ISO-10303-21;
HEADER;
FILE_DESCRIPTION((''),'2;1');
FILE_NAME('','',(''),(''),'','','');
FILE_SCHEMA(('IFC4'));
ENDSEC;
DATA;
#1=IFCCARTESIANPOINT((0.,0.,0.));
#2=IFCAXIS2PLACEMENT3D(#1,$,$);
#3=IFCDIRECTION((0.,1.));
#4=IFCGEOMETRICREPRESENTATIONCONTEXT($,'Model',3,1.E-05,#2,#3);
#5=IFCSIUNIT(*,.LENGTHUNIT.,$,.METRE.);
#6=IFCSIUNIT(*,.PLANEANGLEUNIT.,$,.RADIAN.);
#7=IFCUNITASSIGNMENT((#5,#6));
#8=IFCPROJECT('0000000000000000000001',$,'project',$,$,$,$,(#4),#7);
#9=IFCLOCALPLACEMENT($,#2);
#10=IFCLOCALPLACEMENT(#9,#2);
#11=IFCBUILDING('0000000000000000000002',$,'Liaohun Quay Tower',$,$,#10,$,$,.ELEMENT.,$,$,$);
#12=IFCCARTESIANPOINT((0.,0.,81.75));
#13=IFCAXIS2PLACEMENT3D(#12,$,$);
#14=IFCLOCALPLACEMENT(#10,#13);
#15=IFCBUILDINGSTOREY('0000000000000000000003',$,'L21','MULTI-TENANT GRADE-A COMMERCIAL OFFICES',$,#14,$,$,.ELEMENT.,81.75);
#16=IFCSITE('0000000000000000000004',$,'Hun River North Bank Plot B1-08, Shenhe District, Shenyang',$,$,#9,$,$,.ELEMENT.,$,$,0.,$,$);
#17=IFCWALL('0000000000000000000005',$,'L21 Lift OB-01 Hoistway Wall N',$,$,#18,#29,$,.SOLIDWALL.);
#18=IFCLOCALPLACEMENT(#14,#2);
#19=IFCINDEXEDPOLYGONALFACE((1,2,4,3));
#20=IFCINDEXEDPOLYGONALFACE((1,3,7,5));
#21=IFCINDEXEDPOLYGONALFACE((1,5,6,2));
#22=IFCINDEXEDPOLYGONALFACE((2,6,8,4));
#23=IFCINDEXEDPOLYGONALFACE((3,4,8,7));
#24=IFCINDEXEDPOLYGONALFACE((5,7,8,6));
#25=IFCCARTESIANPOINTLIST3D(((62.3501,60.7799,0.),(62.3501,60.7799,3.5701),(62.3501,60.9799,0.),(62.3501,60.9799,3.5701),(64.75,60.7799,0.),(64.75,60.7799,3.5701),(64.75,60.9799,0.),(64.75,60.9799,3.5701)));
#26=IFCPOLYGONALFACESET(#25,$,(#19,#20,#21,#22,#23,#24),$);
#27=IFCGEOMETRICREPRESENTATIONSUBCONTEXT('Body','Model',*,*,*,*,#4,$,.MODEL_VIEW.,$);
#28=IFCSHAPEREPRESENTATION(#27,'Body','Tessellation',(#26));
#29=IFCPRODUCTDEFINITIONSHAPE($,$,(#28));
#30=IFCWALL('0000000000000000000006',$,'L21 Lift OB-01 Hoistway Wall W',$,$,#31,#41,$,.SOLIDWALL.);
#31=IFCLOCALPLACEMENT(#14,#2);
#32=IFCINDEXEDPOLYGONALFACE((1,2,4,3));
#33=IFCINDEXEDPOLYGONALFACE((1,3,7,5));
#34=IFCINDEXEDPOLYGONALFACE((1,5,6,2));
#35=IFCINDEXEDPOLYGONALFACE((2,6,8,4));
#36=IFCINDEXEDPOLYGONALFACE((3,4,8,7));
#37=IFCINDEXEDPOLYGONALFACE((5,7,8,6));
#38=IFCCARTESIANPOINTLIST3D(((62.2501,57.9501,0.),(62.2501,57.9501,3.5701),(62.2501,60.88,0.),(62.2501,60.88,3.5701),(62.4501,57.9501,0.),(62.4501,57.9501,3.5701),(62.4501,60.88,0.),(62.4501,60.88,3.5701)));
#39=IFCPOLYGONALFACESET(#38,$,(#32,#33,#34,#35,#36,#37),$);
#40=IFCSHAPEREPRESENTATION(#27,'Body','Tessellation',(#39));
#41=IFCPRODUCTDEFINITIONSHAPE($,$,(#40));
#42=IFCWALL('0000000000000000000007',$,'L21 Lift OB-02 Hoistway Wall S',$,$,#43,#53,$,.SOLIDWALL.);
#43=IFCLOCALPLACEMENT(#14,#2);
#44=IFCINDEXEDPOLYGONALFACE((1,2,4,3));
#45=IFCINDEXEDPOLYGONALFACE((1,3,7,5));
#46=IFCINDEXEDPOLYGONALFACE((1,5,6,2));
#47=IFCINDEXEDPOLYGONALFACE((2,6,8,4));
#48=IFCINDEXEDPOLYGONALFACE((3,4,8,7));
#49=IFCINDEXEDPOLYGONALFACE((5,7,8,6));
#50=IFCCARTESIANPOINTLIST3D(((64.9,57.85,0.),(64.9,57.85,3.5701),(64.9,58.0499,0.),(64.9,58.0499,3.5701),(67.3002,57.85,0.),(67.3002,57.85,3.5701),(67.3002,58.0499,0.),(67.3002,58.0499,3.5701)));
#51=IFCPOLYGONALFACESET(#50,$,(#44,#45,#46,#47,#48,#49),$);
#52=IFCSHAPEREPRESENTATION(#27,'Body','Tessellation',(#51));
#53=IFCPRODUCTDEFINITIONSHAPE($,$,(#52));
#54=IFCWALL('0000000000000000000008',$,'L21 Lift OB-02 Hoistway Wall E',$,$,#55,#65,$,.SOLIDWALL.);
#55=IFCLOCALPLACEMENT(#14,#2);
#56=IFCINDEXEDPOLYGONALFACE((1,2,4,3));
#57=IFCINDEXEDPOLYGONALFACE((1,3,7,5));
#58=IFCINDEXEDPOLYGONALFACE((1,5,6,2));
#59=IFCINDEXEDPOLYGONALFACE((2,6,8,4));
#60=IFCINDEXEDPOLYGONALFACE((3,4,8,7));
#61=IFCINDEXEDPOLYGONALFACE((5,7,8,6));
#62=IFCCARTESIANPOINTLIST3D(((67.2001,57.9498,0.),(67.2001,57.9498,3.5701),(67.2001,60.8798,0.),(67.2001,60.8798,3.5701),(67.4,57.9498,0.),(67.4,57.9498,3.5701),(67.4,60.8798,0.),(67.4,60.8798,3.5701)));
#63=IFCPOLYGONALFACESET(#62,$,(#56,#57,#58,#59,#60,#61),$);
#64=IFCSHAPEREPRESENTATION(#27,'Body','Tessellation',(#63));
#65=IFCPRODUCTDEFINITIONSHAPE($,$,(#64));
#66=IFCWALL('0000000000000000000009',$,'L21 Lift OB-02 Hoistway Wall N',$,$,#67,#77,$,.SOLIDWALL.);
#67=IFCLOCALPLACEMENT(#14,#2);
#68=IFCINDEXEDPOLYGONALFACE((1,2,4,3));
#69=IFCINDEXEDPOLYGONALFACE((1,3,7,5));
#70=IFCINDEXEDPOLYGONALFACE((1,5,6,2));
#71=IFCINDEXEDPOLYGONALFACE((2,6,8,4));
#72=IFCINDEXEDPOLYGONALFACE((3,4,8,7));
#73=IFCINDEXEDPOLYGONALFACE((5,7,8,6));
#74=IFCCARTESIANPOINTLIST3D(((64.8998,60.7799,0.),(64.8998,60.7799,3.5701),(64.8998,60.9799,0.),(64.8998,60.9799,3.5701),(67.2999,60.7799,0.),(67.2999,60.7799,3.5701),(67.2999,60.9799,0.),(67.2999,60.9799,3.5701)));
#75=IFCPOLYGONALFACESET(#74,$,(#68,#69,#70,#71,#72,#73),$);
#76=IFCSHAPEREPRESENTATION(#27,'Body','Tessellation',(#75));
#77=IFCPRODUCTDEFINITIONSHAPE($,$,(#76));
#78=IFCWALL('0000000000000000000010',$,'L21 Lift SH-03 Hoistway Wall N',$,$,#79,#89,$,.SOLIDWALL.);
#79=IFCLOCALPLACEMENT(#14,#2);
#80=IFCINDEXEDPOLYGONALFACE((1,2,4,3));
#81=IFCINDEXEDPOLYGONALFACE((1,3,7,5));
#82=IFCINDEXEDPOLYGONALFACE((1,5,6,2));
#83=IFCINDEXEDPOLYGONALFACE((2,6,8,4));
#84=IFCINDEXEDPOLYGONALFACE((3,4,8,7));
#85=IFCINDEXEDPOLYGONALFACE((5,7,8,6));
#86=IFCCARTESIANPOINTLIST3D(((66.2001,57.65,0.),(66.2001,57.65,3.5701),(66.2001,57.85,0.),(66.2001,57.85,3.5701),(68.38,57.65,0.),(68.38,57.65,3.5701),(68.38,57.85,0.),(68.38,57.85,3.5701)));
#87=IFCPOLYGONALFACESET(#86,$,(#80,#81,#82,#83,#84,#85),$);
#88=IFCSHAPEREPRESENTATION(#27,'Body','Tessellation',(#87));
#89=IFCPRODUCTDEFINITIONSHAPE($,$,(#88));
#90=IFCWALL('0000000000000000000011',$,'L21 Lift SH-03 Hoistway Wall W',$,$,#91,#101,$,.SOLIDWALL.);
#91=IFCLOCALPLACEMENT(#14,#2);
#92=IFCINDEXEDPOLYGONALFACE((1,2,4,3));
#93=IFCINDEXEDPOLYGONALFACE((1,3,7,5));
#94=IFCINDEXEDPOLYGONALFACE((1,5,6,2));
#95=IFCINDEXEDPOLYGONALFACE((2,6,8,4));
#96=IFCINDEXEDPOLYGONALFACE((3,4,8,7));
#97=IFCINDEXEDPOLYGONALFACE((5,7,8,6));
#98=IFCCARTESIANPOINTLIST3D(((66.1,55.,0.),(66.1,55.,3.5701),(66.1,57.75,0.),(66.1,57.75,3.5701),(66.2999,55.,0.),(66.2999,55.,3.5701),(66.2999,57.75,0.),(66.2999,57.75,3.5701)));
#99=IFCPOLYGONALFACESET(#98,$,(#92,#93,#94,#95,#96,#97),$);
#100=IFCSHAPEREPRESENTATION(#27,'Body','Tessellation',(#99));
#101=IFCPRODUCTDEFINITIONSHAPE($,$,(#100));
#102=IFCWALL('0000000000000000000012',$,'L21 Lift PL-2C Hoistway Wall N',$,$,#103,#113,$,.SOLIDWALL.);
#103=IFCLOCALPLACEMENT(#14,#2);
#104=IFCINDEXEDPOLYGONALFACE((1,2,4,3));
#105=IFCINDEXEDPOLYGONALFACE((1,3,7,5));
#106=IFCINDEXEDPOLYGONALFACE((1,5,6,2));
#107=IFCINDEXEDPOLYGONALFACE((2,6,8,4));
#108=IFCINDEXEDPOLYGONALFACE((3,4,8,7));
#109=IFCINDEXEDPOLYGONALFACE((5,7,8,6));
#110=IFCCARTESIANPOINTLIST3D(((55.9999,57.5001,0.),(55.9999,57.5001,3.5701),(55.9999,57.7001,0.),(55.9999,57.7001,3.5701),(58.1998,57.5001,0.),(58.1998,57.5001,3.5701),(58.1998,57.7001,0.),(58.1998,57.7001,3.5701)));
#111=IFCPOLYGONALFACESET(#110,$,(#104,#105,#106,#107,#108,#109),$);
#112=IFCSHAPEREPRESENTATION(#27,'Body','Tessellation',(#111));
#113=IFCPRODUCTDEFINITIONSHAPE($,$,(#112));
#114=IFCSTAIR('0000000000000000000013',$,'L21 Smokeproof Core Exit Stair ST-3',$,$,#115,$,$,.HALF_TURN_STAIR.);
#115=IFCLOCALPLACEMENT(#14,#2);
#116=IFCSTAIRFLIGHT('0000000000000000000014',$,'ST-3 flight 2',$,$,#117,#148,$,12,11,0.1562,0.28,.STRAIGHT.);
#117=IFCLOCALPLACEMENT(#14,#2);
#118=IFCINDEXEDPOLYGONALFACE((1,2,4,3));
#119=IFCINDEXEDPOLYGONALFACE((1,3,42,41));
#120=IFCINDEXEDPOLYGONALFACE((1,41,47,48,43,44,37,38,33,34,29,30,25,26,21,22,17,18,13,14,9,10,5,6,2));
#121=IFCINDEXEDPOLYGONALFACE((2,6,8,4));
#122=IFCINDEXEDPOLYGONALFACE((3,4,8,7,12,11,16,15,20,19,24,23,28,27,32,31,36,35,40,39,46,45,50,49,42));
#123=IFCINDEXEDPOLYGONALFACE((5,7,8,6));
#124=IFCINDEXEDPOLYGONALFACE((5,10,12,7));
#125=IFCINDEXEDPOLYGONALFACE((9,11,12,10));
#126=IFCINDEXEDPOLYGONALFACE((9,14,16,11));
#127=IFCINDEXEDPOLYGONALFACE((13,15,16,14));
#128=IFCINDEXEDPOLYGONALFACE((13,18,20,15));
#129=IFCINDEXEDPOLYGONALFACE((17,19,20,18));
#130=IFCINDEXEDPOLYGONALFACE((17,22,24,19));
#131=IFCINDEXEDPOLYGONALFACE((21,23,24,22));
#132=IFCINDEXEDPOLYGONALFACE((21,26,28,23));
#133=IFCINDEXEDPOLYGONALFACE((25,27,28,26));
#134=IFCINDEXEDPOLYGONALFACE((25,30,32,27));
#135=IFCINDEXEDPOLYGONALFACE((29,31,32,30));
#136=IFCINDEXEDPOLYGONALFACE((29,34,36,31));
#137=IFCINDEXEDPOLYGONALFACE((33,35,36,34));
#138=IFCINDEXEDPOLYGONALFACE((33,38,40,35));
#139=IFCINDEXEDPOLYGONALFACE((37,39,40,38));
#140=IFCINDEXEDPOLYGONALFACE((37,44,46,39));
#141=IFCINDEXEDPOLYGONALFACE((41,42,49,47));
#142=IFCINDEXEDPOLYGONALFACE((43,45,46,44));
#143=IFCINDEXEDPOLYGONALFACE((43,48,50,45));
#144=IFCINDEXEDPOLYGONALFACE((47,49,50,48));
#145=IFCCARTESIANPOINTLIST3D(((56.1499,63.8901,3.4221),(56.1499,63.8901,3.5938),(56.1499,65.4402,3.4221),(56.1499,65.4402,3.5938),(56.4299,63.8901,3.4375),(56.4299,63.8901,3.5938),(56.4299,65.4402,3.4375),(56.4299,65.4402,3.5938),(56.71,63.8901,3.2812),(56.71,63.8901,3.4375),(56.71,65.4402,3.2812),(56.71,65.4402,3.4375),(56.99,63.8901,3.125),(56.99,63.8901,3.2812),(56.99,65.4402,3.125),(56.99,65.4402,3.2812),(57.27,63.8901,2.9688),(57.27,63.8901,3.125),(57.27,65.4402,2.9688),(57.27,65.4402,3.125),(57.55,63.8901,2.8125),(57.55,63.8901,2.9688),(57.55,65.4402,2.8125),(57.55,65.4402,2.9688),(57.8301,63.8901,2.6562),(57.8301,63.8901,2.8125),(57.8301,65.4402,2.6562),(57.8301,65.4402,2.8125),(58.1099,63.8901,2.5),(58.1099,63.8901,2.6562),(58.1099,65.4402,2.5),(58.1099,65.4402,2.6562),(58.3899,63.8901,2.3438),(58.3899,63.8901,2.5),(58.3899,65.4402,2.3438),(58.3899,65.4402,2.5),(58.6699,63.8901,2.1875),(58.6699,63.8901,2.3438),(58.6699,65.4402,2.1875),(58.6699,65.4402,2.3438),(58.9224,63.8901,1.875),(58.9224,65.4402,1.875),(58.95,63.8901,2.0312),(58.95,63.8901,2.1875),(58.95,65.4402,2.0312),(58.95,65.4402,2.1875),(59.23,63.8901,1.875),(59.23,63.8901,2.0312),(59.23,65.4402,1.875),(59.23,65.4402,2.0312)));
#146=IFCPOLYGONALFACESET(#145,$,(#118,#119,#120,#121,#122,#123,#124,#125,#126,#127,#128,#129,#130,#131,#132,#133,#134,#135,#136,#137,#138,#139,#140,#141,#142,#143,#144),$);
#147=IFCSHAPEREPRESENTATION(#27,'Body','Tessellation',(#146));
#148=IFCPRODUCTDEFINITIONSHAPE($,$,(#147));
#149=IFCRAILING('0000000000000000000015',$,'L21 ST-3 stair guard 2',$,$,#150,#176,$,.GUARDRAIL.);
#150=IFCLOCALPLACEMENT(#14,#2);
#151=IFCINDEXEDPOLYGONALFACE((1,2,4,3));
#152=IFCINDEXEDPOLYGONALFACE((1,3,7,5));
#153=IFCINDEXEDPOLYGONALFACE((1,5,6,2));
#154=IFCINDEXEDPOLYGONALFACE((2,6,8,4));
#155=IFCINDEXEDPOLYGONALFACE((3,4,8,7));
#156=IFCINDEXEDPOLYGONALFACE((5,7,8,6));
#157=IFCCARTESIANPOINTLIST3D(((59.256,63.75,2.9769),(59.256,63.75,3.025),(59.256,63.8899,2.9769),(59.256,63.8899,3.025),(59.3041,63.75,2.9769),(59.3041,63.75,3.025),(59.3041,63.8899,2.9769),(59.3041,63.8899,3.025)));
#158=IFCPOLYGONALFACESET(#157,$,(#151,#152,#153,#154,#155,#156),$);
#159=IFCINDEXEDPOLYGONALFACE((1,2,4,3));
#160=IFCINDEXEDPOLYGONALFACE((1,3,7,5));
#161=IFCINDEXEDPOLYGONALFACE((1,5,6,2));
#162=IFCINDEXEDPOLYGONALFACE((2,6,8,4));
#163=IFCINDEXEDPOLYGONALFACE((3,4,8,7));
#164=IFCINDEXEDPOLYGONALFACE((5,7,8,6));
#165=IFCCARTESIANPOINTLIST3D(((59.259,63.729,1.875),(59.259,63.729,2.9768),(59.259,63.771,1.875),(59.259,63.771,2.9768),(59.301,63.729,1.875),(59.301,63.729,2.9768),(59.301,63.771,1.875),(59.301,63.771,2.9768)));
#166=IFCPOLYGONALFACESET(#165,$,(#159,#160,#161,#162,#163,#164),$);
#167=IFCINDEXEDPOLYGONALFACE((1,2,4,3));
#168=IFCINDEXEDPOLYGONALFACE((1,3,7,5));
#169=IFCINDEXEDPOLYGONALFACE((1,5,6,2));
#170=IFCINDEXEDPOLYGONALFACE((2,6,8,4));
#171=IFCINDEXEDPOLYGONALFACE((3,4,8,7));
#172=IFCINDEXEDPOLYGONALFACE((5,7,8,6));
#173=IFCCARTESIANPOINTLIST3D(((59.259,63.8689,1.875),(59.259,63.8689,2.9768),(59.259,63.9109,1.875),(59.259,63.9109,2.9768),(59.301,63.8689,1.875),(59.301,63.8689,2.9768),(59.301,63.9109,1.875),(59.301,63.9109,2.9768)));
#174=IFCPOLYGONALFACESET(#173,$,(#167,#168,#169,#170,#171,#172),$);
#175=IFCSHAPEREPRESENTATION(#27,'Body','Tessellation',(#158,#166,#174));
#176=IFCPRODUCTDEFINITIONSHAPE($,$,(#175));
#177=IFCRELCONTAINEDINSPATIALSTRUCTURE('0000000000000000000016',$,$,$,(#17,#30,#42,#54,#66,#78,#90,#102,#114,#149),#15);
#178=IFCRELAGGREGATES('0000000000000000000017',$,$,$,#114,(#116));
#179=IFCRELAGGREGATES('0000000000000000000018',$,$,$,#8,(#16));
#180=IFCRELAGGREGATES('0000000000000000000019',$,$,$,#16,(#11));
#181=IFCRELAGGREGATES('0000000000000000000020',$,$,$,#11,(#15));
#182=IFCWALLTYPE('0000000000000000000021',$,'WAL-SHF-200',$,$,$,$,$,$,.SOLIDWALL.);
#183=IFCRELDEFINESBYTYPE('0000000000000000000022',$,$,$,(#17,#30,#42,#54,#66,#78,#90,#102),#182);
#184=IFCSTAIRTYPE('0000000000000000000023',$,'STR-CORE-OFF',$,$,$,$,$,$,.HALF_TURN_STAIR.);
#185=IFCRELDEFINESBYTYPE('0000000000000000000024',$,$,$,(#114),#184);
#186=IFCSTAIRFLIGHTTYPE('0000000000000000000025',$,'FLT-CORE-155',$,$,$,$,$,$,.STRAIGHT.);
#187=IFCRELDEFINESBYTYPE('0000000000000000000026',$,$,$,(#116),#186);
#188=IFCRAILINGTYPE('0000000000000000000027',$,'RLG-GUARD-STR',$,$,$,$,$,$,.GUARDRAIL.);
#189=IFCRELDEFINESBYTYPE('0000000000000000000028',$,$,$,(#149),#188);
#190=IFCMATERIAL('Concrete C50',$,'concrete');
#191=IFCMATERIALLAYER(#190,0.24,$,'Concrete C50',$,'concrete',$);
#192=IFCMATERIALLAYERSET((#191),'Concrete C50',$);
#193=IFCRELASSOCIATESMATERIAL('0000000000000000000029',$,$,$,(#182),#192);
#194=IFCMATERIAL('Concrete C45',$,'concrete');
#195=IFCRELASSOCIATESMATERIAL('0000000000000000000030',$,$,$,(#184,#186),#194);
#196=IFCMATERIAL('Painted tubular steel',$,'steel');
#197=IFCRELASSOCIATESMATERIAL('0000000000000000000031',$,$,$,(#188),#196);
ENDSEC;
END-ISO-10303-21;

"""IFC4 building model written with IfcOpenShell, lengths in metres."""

from ifc_helpers import new_model, si_unit, direction, frame, frame_2d, origin, origin_2d, place, context, subcontext, project, spatial, polyline, rectangle, outline, extrude, material, layer, layer_set, type_object, element, aggregate, save


model = new_model("IFC4")

# Units and contexts
model_context = context("Model", 3, precision=1e-05, world=origin(), true_north=direction((0.0, 1.0)))
body_context = subcontext(model_context, "Body", "Model", "MODEL_VIEW")
ifc_project = project(units=[si_unit("LENGTHUNIT", "METRE"), si_unit("PLANEANGLEUNIT", "RADIAN")], contexts=[model_context])

# Site, building, storey
site_placement = place(None, origin())
site = spatial("IfcSite", under=ifc_project, at=site_placement, Name="Hun River North Bank Plot B1-08, Shenhe District, Shenyang", CompositionType="ELEMENT", RefElevation=0.0)
building_placement = place(site_placement, origin())
building = spatial("IfcBuilding", under=site, at=building_placement, Name="Liaohun Quay Tower", CompositionType="ELEMENT")
storey_placement = place(building_placement, frame((0.0, 0.0, 81.75)))
storey = spatial("IfcBuildingStorey", under=building, at=storey_placement, Name="L21", Description="MULTI-TENANT GRADE-A COMMERCIAL OFFICES", CompositionType="ELEMENT", Elevation=81.75)

# Shared definitions
ifc_material_1 = material(Name="Concrete C50", Category="concrete")
ifc_layer_1 = layer(ifc_material_1, 0.24, Name="Concrete C50", Category="concrete")
ifc_layer_set_1 = layer_set([ifc_layer_1], Name="Concrete C50")
wall_type_1 = type_object("IfcWallType", Name="WAL-SHF-200", PredefinedType="SOLIDWALL", material=ifc_layer_set_1)

# Walls
wall_1_placement = place(storey_placement, frame((64.75, 60.8799, 0.0), z_axis=(0.0, 0.0, 1.0), x_axis=(-1.0, 0.0, 0.0)))
element("IfcWall", 1, at=wall_1_placement, inside=storey, type_object=wall_type_1, Name="L21 Lift OB-01 Hoistway Wall N", PredefinedType="SOLIDWALL", context=body_context, shape_type="SweptSolid", body=[
    extrude(rectangle(XDim=2.3999, YDim=0.2, at=frame_2d((1.2, 0.0))), origin(), (0.0, 0.0, 1.0), 3.5701),
])
wall_2_placement = place(storey_placement, frame((62.3501, 60.8799, 0.0), z_axis=(0.0, 0.0, 1.0), x_axis=(0.0, -1.0, 0.0)))
element("IfcWall", 2, at=wall_2_placement, inside=storey, type_object=wall_type_1, Name="L21 Lift OB-01 Hoistway Wall W", PredefinedType="SOLIDWALL", context=body_context, shape_type="SweptSolid", body=[
    extrude(rectangle(XDim=2.9299, YDim=0.2, at=frame_2d((1.4648, 0.0))), origin(), (0.0, 0.0, 1.0), 3.5701),
])
wall_3_placement = place(storey_placement, frame((64.8999, 57.95, 0.0), z_axis=(0.0, 0.0, 1.0), x_axis=(1.0, 0.0, 0.0)))
element("IfcWall", 3, at=wall_3_placement, inside=storey, type_object=wall_type_1, Name="L21 Lift OB-02 Hoistway Wall S", PredefinedType="SOLIDWALL", context=body_context, shape_type="SweptSolid", body=[
    extrude(rectangle(XDim=2.4001, YDim=0.2, at=frame_2d((1.2002, 0.0))), origin(), (0.0, 0.0, 1.0), 3.5701),
])
wall_4_placement = place(storey_placement, frame((67.3, 57.95, 0.0), z_axis=(0.0, 0.0, 1.0), x_axis=(0.0, 1.0, 0.0)))
element("IfcWall", 4, at=wall_4_placement, inside=storey, type_object=wall_type_1, Name="L21 Lift OB-02 Hoistway Wall E", PredefinedType="SOLIDWALL", context=body_context, shape_type="SweptSolid", body=[
    extrude(rectangle(XDim=2.9299, YDim=0.2, at=frame_2d((1.4648, 0.0))), origin(), (0.0, 0.0, 1.0), 3.5701),
])
wall_5_placement = place(storey_placement, frame((67.3, 60.8799, 0.0), z_axis=(0.0, 0.0, 1.0), x_axis=(-1.0, 0.0, 0.0)))
element("IfcWall", 5, at=wall_5_placement, inside=storey, type_object=wall_type_1, Name="L21 Lift OB-02 Hoistway Wall N", PredefinedType="SOLIDWALL", context=body_context, shape_type="SweptSolid", body=[
    extrude(rectangle(XDim=2.4001, YDim=0.2, at=frame_2d((1.2002, 0.0))), origin(), (0.0, 0.0, 1.0), 3.5701),
])
wall_6_placement = place(storey_placement, frame((68.3799, 57.75, 0.0), z_axis=(0.0, 0.0, 1.0), x_axis=(-1.0, 0.0, 0.0)))
element("IfcWall", 6, at=wall_6_placement, inside=storey, type_object=wall_type_1, Name="L21 Lift SH-03 Hoistway Wall N", PredefinedType="SOLIDWALL", context=body_context, shape_type="SweptSolid", body=[
    extrude(rectangle(XDim=2.1799, YDim=0.2, at=frame_2d((1.0898, 0.0))), origin(), (0.0, 0.0, 1.0), 3.5701),
])
wall_7_placement = place(storey_placement, frame((66.2, 57.75, 0.0), z_axis=(0.0, 0.0, 1.0), x_axis=(0.0, -1.0, 0.0)))
element("IfcWall", 7, at=wall_7_placement, inside=storey, type_object=wall_type_1, Name="L21 Lift SH-03 Hoistway Wall W", PredefinedType="SOLIDWALL", context=body_context, shape_type="SweptSolid", body=[
    extrude(rectangle(XDim=2.75, YDim=0.2, at=frame_2d((1.375, 0.0))), origin(), (0.0, 0.0, 1.0), 3.5701),
])
wall_8_placement = place(storey_placement, frame((58.2, 57.6001, 0.0), z_axis=(0.0, 0.0, 1.0), x_axis=(-1.0, 0.0, 0.0)))
element("IfcWall", 8, at=wall_8_placement, inside=storey, type_object=wall_type_1, Name="L21 Lift PL-2C Hoistway Wall N", PredefinedType="SOLIDWALL", context=body_context, shape_type="SweptSolid", body=[
    extrude(rectangle(XDim=2.2, YDim=0.2, at=frame_2d((1.1001, 0.0))), origin(), (0.0, 0.0, 1.0), 3.5701),
])

# Stair, stair flight
ifc_material_2 = material(Name="Concrete C45", Category="concrete")
stair_type = type_object("IfcStairType", Name="STR-CORE-OFF", PredefinedType="HALF_TURN_STAIR", material=ifc_material_2)
stair_placement = place(storey_placement, origin())
stair = element("IfcStair", 9, at=stair_placement, inside=storey, type_object=stair_type, Name="L21 Smokeproof Core Exit Stair ST-3", PredefinedType="HALF_TURN_STAIR")
stair_flight_type = type_object("IfcStairFlightType", Name="FLT-CORE-155", PredefinedType="STRAIGHT", material=ifc_material_2)
stair_flight_placement = place(storey_placement, frame((59.23, 64.665, 1.875), z_axis=(0.0, 0.0, 1.0), x_axis=(-1.0, 0.0, 0.0)))
stair_flight = element("IfcStairFlight", 10, at=stair_flight_placement, type_object=stair_flight_type, Name="ST-3 flight 2", NumberOfRisers=12, NumberOfTreads=11, PredefinedType="STRAIGHT", RiserHeight=0.1562, TreadLength=0.28, context=body_context, shape_type="SweptSolid", body=[
    extrude(outline(polyline([(0.0, 0.0), (0.0, 0.1562), (0.28, 0.1562), (0.28, 0.3125), (0.5601, 0.3125), (0.5601, 0.4688), (0.8401, 0.4688), (0.8401, 0.625), (1.1201, 0.625), (1.1201, 0.7812), (1.3999, 0.7812), (1.3999, 0.9375), (1.6799, 0.9375), (1.6799, 1.0938), (1.96, 1.0938), (1.96, 1.25), (2.24, 1.25), (2.24, 1.4062), (2.52, 1.4062), (2.52, 1.5625), (2.8, 1.5625), (2.8, 1.7188), (3.0801, 1.7188), (3.0801, 1.875), (3.0801, 1.5471), (0.3076, 0.0), (0.0, 0.0)])), frame((0.0, 0.7749, 0.0), z_axis=(0.0, -1.0, 0.0), x_axis=(1.0, 0.0, 0.0)), (0.0, 0.0, 1.0), 1.55),
])
aggregate(stair, [stair_flight])

# Railing
ifc_material_3 = material(Name="Painted tubular steel", Category="steel")
railing_type_1 = type_object("IfcRailingType", Name="RLG-GUARD-STR", PredefinedType="GUARDRAIL", material=ifc_material_3)
railing_1_placement = place(storey_placement, frame((59.28, 63.75, 1.875)))
element("IfcRailing", 11, at=railing_1_placement, inside=storey, type_object=railing_type_1, Name="L21 ST-3 stair guard 2", PredefinedType="GUARDRAIL", context=body_context, shape_type="SweptSolid", body=[
    extrude(rectangle(XDim=0.0481, YDim=0.0481, at=origin_2d()), frame((0.0, 0.0, 1.126), z_axis=(0.0, 1.0, 0.0), x_axis=(-1.0, 0.0, 0.0)), (0.0, 0.0, 1.0), 0.1399),
    extrude(rectangle(XDim=0.042, YDim=0.042, at=origin_2d()), origin(), (0.0, 0.0, 1.0), 1.1018),
    extrude(rectangle(XDim=0.042, YDim=0.042, at=origin_2d()), frame((0.0, 0.1399, 0.0)), (0.0, 0.0, 1.0), 1.1018),
])

save(model, "model.ifc")
